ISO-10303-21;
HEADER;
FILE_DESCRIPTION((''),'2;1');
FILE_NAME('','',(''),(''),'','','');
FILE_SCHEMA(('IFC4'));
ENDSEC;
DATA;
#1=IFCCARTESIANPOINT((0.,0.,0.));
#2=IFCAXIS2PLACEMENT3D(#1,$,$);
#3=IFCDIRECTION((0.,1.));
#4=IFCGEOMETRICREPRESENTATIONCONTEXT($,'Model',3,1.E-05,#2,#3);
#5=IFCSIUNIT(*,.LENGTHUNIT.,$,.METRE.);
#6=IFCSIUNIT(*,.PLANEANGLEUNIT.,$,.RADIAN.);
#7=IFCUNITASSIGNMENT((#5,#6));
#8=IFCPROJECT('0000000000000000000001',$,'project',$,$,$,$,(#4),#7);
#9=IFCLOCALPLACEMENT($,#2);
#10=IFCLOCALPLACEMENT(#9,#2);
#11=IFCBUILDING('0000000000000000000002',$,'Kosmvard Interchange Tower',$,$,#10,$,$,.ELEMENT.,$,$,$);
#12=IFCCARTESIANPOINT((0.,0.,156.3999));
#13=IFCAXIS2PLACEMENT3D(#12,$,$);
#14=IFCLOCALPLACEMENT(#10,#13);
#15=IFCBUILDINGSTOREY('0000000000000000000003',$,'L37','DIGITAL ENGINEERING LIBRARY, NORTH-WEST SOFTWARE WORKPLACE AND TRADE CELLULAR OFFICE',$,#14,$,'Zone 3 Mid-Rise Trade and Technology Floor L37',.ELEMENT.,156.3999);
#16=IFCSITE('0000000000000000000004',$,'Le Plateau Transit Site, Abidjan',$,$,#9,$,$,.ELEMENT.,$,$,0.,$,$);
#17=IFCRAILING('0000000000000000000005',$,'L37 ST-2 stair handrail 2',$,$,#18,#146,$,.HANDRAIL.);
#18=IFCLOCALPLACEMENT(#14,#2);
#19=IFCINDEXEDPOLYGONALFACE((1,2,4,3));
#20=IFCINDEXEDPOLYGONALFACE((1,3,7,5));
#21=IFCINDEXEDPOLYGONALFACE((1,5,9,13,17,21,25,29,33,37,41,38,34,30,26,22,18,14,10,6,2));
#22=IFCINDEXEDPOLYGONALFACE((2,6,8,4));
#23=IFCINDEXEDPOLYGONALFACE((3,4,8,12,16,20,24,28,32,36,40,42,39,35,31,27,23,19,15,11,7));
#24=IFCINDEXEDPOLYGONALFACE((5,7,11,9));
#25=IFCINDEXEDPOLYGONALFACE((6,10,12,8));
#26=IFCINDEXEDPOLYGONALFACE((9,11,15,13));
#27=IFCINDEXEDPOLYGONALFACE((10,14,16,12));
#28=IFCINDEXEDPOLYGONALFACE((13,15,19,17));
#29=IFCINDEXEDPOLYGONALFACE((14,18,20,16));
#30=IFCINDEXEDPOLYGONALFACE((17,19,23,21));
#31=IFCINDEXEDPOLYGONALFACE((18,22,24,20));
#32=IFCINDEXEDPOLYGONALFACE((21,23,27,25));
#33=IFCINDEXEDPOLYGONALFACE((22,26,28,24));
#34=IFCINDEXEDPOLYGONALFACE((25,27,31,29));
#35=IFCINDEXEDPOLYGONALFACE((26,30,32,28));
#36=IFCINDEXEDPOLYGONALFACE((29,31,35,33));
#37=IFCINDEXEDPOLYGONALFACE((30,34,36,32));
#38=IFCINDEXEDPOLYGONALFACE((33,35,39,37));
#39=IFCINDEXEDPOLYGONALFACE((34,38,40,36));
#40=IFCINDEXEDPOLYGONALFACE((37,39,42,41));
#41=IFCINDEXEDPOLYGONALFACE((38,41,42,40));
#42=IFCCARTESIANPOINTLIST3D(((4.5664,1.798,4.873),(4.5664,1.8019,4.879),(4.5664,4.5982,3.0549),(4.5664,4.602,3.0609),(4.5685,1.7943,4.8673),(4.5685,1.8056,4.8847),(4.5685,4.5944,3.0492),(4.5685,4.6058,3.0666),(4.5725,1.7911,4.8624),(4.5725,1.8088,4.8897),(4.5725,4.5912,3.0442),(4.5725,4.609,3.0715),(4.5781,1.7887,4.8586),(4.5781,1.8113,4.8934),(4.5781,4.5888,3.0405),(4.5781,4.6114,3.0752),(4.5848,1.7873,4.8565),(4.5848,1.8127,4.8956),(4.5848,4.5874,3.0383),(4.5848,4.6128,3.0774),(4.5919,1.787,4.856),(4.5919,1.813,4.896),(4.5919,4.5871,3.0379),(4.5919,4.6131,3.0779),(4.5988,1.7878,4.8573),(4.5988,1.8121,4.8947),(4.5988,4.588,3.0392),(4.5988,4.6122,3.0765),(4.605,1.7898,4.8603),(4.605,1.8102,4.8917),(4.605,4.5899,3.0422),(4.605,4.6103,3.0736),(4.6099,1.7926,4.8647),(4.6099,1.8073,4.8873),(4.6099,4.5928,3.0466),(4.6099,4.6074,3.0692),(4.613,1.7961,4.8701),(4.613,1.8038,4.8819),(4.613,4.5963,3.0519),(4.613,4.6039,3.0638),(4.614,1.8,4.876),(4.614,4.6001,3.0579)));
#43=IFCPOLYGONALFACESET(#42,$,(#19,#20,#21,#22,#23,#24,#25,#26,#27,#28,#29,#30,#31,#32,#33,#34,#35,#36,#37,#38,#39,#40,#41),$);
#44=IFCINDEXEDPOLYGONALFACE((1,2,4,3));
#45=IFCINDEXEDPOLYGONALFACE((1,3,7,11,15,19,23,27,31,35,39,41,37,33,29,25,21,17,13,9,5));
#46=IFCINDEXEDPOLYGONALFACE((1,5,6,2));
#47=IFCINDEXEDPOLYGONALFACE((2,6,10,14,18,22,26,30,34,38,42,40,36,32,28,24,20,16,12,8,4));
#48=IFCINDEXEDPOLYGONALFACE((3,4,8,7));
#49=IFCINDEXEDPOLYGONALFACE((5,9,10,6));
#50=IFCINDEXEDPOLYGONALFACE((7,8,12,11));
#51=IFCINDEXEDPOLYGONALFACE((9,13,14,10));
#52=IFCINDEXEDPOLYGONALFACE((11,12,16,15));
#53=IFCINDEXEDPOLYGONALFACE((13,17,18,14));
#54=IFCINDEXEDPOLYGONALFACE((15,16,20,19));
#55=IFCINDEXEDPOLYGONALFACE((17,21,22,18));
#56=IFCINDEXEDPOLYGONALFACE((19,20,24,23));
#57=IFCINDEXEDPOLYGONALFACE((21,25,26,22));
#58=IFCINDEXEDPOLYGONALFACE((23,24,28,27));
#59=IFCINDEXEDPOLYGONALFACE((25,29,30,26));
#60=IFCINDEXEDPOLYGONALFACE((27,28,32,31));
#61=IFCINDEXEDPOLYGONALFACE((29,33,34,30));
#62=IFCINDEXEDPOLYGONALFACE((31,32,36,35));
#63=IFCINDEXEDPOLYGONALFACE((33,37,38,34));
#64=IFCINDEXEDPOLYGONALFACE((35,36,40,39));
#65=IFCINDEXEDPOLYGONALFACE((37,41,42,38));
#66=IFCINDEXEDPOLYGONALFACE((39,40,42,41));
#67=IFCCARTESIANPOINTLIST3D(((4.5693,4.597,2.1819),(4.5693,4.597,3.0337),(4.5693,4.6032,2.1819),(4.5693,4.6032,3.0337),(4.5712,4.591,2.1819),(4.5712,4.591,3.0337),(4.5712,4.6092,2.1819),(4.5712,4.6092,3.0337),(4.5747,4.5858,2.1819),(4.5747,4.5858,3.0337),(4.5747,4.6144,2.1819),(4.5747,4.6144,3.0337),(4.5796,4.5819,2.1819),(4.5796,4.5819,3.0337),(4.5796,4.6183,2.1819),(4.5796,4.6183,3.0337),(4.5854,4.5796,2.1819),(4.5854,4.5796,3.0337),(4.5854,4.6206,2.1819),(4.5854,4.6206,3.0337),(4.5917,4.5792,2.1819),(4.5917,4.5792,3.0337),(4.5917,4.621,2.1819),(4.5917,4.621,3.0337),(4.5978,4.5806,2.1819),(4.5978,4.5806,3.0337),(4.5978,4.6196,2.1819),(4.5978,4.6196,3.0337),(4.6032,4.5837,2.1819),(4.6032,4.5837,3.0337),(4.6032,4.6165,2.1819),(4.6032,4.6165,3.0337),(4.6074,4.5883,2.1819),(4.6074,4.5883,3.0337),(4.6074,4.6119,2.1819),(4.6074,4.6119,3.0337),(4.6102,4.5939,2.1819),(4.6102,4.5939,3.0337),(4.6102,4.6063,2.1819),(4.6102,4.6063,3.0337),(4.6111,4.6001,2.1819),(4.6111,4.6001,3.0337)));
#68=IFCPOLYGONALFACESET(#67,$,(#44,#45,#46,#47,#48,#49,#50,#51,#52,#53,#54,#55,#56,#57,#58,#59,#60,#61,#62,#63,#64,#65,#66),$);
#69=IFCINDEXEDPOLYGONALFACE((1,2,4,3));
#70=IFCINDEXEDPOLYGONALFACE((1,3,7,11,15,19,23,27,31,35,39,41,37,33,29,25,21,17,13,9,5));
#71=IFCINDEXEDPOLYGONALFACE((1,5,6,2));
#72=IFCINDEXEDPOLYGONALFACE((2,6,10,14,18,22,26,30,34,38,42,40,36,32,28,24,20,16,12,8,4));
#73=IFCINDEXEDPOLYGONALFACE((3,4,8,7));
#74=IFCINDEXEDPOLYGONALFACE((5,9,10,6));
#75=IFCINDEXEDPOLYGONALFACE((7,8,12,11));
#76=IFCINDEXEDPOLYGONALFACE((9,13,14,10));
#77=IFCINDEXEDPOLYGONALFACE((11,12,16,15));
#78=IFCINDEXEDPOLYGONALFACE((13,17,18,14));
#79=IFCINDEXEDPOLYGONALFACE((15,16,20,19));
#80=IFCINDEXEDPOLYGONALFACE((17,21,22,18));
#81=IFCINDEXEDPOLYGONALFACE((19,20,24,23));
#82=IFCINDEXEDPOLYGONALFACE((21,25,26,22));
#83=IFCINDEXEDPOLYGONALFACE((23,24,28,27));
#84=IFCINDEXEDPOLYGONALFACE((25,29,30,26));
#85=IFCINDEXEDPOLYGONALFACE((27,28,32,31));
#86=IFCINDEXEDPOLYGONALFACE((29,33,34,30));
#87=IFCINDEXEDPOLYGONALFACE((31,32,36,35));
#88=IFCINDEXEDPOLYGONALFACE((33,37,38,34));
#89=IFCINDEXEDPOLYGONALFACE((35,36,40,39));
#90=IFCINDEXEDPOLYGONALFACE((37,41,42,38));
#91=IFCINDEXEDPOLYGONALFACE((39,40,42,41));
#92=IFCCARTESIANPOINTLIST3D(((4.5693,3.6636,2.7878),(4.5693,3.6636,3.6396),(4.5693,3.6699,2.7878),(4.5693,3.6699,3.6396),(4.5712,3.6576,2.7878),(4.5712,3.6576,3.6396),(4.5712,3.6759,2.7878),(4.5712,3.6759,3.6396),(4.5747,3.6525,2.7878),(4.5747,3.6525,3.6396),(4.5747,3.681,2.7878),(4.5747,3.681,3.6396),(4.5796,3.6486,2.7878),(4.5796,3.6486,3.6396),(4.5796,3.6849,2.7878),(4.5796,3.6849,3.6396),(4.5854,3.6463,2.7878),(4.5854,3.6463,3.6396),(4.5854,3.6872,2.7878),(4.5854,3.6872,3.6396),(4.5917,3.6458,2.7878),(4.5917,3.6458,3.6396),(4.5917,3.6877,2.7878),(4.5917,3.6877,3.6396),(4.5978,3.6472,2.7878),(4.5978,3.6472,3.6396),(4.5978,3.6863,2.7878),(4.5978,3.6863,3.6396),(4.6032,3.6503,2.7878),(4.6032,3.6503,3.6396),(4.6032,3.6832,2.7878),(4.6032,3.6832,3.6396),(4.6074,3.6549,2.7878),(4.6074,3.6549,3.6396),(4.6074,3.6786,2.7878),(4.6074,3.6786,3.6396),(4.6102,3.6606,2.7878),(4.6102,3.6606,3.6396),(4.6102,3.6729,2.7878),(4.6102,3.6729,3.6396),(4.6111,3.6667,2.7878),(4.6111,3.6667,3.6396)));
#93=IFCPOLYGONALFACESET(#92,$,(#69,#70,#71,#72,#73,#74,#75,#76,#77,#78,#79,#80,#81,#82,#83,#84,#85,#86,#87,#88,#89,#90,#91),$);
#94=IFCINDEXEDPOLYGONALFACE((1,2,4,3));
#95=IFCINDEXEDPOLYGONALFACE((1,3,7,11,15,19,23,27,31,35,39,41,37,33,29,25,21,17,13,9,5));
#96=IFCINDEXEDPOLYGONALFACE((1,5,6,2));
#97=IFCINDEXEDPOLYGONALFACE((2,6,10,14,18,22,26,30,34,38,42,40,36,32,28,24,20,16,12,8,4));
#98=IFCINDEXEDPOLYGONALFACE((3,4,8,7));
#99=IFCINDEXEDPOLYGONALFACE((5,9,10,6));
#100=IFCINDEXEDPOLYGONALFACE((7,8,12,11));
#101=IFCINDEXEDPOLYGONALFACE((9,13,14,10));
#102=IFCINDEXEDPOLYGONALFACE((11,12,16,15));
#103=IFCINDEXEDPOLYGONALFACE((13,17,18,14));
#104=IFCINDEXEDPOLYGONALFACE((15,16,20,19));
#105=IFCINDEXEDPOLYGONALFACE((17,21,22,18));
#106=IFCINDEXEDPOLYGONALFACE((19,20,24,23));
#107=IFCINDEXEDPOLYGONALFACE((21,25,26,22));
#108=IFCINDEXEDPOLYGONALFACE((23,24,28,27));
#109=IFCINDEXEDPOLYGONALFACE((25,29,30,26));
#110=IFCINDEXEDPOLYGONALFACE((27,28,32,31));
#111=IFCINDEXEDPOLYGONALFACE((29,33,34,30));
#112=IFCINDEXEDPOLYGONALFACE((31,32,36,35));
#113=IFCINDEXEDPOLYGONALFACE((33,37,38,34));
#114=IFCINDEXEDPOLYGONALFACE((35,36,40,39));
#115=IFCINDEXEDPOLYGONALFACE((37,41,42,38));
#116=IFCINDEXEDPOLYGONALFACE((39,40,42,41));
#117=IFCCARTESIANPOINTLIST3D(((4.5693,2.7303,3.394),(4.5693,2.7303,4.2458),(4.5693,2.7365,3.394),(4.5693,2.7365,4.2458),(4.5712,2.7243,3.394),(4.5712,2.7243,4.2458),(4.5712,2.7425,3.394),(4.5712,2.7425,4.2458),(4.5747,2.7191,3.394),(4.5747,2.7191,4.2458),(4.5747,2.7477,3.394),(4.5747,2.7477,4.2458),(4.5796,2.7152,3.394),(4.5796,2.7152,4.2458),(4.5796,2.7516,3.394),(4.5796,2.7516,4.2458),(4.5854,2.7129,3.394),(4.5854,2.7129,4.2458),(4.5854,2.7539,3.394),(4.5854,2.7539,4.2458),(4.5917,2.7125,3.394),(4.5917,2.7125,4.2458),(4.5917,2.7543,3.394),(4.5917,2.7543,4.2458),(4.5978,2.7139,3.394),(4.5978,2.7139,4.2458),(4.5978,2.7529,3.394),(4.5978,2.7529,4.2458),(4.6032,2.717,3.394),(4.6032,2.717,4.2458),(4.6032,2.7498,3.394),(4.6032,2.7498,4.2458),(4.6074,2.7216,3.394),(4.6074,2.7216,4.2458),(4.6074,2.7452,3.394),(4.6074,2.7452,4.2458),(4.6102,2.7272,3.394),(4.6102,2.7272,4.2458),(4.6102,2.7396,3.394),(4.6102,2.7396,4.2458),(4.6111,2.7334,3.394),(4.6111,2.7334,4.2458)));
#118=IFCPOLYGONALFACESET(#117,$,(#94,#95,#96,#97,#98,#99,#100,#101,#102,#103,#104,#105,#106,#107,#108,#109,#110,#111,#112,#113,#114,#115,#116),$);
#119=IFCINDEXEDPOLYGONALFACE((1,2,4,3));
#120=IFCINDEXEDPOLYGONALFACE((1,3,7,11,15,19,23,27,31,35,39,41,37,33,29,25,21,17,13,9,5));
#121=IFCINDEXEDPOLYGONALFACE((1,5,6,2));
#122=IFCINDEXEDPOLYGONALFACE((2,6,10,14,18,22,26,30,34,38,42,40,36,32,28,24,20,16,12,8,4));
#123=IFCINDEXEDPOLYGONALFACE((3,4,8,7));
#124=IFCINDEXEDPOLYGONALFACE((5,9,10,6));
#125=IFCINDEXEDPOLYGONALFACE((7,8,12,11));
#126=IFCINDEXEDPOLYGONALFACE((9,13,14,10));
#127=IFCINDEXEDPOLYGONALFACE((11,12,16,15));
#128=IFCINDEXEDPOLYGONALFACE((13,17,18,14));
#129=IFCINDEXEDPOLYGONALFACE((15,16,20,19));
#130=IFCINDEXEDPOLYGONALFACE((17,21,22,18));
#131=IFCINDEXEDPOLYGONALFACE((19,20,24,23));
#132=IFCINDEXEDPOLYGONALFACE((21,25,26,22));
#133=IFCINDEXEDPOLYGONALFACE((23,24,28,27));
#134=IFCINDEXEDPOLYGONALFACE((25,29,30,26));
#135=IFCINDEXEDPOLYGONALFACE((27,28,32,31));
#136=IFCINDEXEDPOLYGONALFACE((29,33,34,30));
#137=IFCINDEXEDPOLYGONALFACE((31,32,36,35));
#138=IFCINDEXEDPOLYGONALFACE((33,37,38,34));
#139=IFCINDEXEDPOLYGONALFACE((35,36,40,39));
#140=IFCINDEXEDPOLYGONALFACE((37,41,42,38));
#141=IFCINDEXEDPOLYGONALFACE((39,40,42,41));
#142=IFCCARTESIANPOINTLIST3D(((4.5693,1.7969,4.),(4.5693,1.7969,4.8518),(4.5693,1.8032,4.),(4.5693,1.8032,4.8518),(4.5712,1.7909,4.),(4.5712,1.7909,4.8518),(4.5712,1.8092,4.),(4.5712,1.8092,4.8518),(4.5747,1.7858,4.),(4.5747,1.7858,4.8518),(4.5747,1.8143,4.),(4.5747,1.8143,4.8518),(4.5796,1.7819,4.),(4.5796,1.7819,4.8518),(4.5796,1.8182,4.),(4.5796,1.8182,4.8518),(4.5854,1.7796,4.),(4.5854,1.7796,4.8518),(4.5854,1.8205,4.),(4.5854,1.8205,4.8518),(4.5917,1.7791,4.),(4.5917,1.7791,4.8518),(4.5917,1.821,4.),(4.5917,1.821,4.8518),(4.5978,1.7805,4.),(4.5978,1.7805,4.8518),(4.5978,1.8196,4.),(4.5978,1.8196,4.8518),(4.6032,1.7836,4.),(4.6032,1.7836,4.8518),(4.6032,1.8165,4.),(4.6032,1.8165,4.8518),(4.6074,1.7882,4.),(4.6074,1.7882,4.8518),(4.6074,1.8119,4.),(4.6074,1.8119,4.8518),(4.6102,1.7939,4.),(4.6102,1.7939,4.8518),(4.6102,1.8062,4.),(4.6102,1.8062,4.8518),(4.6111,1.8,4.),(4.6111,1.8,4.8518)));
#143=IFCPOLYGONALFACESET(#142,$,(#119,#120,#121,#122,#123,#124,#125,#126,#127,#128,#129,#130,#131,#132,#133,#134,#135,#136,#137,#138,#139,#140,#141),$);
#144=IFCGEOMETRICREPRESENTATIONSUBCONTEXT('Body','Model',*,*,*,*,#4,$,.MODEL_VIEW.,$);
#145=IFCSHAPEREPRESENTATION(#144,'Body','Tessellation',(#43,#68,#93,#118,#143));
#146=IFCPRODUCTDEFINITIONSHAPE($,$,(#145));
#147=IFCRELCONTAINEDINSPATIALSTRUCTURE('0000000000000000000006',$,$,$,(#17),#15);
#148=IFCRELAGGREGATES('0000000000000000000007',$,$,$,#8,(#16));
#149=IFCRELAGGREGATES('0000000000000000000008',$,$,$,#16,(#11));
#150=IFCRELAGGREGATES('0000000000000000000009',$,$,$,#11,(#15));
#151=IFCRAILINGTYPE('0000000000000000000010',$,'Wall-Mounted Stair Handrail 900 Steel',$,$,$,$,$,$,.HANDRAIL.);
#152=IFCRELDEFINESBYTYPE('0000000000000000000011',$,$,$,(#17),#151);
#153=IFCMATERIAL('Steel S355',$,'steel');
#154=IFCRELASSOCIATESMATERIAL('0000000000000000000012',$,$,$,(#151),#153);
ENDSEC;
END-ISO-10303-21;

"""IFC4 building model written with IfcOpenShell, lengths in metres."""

from ifc_helpers import new_model, si_unit, direction, frame, origin, origin_2d, place, context, subcontext, project, spatial, circle, extrude, source, transform, mapped, material, type_object, element, save


model = new_model("IFC4")

# Units and contexts
model_context = context("Model", 3, precision=1e-05, world=origin(), true_north=direction((0.0, 1.0)))
body_context = subcontext(model_context, "Body", "Model", "MODEL_VIEW")
ifc_project = project(units=[si_unit("LENGTHUNIT", "METRE"), si_unit("PLANEANGLEUNIT", "RADIAN")], contexts=[model_context])

# Site, building, storey
site_placement = place(None, origin())
site = spatial("IfcSite", under=ifc_project, at=site_placement, Name="Le Plateau Transit Site, Abidjan", CompositionType="ELEMENT", RefElevation=0.0)
building_placement = place(site_placement, origin())
building = spatial("IfcBuilding", under=site, at=building_placement, Name="Kosmvard Interchange Tower", CompositionType="ELEMENT")
storey_placement = place(building_placement, frame((0.0, 0.0, 156.3999)))
storey = spatial("IfcBuildingStorey", under=building, at=storey_placement, Name="L37", Description="DIGITAL ENGINEERING LIBRARY, NORTH-WEST SOFTWARE WORKPLACE AND TRADE CELLULAR OFFICE", LongName="Zone 3 Mid-Rise Trade and Technology Floor L37", CompositionType="ELEMENT", Elevation=156.3999)

# Shared definitions
ifc_material_1 = material(Name="Steel S355", Category="steel")

# Railing
railing_type_1 = type_object("IfcRailingType", Name="Wall-Mounted Stair Handrail 900 Steel", PredefinedType="HANDRAIL", material=ifc_material_1)
shared_shape_1 = source(origin(), body_context, "Body", "SweptSolid", [
    extrude(circle(Radius=0.0239, at=origin_2d()), frame((0.0, 0.0, 0.876), z_axis=(0.0, -0.838706, 0.544585), x_axis=(1.0, 0.0, 0.0)), (0.0, 0.0, 1.0), 3.3386),
    extrude(circle(Radius=0.021, at=origin_2d()), origin(), (0.0, 0.0, 1.0), 0.8518),
    extrude(circle(Radius=0.021, at=origin_2d()), frame((0.0, -0.9333, 0.606)), (0.0, 0.0, 1.0), 0.8518),
    extrude(circle(Radius=0.021, at=origin_2d()), frame((0.0, -1.8667, 1.2122)), (0.0, 0.0, 1.0), 0.8518),
    extrude(circle(Radius=0.021, at=origin_2d()), frame((0.0, -2.8, 1.8181)), (0.0, 0.0, 1.0), 0.8518),
])
railing_1_placement = place(storey_placement, frame((4.5901, 4.6001, 2.1819)))
element("IfcRailing", 1, at=railing_1_placement, inside=storey, type_object=railing_type_1, Name="L37 ST-2 stair handrail 2", PredefinedType="HANDRAIL", context=body_context, shape_type="MappedRepresentation", body=[
    mapped(shared_shape_1, transform((0.0, 0.0, 0.0), scale=1.0)),
])

save(model, "model.ifc")
